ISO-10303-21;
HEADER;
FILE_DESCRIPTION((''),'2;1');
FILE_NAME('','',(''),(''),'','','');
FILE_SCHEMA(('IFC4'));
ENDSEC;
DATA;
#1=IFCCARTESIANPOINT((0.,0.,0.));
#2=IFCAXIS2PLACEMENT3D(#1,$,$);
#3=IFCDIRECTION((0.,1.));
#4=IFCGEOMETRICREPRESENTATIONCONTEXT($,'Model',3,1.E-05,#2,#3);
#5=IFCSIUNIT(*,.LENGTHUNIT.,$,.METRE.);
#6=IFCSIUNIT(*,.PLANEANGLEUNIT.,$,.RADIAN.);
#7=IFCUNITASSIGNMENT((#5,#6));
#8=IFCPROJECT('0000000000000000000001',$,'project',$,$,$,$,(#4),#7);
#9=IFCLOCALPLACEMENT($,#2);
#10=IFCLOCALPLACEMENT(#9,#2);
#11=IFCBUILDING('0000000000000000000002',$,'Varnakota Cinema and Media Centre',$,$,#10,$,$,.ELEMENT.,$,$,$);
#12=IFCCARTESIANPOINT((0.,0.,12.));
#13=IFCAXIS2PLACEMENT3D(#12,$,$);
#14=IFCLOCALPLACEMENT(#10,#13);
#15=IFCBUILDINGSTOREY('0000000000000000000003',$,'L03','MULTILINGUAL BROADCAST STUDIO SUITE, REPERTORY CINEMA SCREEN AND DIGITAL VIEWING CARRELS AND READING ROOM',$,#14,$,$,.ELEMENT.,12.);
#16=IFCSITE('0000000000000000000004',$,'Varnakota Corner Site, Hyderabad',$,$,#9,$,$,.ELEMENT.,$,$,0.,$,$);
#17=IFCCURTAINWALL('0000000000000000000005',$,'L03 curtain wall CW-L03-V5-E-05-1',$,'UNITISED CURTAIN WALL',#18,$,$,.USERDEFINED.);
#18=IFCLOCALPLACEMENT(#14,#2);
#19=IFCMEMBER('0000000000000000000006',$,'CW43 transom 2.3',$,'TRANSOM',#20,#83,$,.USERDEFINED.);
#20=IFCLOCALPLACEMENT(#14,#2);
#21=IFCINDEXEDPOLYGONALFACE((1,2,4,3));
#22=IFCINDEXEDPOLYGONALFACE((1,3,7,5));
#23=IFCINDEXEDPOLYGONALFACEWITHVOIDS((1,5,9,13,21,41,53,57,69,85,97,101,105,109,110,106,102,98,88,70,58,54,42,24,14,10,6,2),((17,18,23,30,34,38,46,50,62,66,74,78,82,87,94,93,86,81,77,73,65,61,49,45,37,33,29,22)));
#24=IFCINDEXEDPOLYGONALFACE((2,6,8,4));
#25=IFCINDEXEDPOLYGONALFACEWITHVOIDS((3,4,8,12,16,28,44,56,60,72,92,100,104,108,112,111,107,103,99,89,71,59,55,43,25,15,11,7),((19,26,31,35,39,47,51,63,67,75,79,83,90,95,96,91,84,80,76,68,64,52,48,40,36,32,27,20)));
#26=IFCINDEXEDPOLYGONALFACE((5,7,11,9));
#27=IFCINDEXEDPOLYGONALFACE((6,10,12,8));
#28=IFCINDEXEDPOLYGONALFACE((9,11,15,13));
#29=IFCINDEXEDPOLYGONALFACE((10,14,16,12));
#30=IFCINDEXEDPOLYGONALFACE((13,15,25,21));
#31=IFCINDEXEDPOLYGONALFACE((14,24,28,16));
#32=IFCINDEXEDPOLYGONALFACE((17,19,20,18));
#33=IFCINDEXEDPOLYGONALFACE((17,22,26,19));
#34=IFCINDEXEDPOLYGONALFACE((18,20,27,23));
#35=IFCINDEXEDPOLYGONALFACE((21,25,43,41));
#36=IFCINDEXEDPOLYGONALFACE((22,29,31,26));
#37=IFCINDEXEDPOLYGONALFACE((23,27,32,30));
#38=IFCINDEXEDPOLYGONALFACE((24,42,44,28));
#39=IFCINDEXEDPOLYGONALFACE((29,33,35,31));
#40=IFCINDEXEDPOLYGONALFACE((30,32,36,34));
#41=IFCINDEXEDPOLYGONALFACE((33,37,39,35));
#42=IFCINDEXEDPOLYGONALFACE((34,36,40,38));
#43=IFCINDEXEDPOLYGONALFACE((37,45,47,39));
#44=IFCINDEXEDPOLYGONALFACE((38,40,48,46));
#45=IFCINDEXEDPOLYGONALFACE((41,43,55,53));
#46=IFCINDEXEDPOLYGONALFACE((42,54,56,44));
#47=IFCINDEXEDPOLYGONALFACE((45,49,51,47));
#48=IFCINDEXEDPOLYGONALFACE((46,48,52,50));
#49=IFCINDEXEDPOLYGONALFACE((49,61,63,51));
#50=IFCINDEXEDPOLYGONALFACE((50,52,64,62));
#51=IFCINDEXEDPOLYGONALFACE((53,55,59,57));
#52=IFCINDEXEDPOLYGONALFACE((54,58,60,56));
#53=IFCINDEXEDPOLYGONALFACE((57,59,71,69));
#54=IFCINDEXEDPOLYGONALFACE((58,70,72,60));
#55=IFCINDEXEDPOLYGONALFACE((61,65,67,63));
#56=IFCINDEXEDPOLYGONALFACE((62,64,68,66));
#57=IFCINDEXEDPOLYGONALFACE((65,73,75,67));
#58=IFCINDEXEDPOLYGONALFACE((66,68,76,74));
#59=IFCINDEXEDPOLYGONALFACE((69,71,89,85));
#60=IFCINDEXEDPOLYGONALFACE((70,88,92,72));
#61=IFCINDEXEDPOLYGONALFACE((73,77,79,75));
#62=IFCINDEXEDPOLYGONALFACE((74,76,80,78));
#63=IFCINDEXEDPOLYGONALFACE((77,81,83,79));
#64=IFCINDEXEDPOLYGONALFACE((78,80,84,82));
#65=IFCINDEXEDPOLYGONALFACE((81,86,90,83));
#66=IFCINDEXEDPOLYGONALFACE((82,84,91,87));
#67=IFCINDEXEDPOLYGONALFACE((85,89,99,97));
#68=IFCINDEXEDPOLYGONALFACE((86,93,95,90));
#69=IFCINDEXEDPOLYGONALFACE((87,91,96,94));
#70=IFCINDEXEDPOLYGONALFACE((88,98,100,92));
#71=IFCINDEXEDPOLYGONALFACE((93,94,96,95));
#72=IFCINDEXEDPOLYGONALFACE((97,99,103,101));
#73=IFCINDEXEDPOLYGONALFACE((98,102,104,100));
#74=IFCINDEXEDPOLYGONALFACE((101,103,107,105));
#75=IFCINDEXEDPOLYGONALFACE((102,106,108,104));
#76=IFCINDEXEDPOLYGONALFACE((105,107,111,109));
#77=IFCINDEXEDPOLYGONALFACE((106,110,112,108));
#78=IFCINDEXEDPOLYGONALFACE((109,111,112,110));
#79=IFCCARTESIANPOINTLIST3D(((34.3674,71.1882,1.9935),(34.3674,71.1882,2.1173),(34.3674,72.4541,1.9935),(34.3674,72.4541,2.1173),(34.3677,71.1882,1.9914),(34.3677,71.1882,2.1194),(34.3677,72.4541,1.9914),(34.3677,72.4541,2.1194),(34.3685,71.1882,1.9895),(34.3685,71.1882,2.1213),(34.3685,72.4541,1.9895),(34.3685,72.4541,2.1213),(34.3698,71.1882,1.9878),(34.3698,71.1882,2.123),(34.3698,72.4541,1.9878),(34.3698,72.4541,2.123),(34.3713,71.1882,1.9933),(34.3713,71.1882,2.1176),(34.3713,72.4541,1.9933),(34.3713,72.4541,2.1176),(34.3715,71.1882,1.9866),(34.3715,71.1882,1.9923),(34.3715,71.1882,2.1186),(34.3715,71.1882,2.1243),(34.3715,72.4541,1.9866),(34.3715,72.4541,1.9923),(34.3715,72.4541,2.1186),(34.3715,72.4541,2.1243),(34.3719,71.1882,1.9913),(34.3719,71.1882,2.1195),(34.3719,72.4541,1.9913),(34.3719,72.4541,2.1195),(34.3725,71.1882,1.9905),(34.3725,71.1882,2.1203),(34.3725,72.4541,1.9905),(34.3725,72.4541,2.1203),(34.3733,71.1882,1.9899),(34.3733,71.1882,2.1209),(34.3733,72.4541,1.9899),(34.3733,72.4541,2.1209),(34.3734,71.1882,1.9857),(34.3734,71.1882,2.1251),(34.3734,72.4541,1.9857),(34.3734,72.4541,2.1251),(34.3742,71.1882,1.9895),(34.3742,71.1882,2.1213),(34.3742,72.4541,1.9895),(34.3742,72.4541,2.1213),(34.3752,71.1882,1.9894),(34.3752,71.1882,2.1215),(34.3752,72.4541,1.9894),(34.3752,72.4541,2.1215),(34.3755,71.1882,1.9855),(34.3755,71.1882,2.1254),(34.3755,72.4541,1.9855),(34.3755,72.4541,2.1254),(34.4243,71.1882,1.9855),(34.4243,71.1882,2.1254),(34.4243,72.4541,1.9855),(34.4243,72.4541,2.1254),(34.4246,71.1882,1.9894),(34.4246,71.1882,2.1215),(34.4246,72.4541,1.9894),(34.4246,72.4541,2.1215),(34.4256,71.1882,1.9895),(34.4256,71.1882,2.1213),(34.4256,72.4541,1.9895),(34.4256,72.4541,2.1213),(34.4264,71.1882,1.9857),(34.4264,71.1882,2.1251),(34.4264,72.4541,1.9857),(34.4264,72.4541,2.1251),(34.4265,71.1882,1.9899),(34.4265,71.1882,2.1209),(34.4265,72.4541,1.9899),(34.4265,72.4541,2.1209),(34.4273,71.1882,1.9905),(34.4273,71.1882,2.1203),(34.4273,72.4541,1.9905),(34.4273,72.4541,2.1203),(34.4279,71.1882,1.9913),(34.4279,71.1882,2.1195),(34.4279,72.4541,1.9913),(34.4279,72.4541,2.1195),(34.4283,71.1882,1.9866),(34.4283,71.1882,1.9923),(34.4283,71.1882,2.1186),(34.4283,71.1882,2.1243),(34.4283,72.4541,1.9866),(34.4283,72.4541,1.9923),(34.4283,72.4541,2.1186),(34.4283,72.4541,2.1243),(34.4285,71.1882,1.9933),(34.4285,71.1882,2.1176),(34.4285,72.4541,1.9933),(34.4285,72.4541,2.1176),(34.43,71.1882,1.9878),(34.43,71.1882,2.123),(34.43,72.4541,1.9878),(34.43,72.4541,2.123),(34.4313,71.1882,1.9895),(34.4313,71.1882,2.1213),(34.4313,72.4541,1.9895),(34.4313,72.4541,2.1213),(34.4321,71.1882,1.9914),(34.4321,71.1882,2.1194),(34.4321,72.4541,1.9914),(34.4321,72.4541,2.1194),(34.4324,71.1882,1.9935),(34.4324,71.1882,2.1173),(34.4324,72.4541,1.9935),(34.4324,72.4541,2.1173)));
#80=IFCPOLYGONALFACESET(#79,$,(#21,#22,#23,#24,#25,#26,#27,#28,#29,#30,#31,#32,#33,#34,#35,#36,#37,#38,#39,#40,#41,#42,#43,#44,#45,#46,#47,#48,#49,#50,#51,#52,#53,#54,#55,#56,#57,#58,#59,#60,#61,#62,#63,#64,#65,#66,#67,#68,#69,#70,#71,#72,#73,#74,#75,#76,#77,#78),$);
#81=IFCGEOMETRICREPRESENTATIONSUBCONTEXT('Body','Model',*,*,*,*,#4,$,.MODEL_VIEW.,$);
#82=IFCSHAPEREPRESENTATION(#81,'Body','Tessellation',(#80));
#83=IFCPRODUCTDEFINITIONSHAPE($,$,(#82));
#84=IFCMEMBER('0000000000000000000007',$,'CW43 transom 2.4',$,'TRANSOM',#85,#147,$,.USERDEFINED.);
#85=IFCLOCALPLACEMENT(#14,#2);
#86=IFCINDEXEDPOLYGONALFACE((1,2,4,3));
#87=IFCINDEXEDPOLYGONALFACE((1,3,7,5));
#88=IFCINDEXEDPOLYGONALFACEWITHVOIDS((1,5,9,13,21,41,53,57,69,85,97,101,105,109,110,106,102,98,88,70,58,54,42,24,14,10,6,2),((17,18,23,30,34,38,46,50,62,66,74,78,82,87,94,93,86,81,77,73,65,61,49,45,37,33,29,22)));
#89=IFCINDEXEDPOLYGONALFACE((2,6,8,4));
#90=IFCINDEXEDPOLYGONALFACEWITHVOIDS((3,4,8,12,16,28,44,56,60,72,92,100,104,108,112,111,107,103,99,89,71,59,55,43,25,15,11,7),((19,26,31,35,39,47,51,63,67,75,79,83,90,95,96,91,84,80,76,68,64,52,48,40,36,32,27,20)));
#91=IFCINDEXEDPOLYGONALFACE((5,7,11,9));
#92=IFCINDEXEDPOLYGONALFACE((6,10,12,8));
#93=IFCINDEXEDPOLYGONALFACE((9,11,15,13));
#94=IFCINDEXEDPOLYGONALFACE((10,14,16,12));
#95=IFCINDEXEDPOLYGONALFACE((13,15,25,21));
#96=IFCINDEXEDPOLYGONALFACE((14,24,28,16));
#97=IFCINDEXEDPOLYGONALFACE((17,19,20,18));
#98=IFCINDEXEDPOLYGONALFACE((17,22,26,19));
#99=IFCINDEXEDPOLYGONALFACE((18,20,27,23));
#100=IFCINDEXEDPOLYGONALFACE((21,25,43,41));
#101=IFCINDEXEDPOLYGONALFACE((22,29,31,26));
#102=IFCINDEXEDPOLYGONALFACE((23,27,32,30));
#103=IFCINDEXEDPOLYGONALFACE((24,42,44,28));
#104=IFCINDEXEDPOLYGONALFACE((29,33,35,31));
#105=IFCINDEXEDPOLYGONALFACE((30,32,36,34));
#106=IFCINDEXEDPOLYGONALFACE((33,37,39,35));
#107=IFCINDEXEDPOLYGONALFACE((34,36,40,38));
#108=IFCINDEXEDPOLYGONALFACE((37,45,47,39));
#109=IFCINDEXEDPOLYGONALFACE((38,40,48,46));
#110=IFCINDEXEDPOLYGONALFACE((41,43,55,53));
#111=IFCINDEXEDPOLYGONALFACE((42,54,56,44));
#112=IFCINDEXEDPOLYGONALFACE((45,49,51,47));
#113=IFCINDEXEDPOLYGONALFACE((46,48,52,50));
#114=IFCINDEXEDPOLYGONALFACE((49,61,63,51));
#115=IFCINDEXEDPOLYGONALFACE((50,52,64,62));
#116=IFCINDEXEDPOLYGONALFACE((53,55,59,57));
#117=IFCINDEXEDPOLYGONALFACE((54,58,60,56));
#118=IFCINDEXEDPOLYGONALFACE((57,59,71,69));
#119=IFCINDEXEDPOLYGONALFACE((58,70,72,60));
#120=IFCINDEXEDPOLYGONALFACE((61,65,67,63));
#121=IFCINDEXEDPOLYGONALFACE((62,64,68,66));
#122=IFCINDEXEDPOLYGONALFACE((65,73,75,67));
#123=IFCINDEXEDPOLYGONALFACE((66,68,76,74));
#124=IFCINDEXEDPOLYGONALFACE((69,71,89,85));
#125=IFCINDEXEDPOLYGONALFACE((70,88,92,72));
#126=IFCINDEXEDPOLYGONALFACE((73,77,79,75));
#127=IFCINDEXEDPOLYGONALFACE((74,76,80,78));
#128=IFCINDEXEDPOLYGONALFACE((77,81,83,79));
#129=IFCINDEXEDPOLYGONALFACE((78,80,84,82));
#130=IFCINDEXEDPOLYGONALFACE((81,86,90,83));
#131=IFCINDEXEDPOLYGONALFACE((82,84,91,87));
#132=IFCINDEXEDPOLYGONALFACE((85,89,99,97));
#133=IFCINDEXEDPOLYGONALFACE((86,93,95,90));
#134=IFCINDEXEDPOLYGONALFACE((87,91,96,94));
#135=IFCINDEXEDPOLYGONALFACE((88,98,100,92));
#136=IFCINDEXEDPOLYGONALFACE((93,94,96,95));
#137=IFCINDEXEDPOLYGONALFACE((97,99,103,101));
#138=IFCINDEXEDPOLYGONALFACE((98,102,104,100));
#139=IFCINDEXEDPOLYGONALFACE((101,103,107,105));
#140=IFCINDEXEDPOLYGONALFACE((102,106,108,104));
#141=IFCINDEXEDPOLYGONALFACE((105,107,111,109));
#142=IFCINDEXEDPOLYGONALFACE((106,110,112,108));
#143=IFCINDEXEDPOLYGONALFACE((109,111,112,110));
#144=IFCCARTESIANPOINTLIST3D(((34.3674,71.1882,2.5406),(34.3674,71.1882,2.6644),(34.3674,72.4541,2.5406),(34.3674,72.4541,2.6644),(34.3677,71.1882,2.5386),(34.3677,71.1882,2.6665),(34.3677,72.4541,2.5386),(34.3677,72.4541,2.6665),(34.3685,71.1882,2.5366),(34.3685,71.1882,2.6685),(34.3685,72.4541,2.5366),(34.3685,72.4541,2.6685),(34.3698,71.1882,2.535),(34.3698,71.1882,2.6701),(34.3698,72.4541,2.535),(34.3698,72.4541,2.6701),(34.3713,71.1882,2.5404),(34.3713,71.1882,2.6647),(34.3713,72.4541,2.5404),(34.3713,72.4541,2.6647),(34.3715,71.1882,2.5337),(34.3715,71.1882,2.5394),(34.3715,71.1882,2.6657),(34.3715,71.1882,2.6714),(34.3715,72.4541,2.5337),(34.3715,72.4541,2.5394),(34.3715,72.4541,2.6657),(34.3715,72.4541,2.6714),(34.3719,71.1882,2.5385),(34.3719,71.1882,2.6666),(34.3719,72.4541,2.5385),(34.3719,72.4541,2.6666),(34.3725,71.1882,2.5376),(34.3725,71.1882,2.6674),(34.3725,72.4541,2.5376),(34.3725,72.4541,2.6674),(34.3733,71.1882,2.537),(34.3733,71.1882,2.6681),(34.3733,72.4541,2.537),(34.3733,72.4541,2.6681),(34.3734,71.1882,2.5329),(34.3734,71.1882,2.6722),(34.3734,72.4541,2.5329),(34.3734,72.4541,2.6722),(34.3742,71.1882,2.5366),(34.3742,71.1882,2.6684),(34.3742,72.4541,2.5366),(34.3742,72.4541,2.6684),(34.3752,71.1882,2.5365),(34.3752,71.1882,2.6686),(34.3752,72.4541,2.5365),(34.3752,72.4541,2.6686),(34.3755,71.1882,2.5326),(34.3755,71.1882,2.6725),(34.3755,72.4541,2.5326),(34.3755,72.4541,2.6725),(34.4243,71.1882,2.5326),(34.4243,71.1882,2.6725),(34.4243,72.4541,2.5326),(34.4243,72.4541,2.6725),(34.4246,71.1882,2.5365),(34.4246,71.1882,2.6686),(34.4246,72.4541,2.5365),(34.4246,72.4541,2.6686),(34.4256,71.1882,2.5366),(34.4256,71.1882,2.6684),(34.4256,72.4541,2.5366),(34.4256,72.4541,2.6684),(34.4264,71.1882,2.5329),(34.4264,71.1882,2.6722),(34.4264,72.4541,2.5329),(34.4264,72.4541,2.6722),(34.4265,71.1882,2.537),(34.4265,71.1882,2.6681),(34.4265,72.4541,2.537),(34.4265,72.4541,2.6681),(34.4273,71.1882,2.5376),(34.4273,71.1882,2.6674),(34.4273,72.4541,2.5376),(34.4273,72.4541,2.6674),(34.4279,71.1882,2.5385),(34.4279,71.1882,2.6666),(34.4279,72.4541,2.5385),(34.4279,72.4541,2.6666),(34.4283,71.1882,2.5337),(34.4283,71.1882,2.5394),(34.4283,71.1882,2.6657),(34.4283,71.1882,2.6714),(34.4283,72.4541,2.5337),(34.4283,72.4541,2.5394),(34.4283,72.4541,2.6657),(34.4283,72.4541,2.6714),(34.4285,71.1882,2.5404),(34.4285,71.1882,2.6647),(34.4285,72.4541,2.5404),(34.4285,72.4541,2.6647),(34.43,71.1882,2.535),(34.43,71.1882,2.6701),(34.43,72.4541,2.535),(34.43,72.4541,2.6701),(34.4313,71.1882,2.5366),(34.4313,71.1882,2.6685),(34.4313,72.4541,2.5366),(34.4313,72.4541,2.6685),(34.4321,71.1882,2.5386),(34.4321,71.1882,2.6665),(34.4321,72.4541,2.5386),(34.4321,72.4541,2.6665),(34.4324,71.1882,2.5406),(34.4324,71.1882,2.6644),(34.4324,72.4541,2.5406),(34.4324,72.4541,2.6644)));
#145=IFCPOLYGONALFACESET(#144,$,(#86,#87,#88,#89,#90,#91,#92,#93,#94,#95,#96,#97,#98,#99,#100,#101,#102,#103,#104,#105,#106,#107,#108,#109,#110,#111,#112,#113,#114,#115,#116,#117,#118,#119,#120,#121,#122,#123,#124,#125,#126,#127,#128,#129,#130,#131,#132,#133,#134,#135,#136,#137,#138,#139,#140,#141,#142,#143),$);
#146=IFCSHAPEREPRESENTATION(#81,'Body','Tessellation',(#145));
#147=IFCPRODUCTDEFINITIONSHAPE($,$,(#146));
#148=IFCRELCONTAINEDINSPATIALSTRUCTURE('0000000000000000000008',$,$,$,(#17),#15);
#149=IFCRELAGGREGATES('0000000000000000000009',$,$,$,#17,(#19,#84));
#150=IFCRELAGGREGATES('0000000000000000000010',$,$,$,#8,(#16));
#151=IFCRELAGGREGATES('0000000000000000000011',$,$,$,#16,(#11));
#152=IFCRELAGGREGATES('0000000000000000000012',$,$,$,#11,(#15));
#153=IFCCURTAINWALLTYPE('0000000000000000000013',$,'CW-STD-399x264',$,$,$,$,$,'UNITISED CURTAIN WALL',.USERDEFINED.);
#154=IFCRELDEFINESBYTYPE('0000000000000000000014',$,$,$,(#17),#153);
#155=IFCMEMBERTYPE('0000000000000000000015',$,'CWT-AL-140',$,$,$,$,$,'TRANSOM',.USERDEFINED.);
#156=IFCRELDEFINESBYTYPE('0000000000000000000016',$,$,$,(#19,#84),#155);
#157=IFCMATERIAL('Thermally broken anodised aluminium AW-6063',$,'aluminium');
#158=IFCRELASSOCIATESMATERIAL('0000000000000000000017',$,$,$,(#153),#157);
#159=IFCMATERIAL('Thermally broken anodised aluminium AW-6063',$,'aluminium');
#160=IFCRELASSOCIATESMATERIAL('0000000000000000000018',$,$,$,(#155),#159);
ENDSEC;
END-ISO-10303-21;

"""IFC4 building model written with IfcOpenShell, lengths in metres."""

from ifc_helpers import new_model, si_unit, direction, frame, origin, origin_2d, place, context, subcontext, project, spatial, hollow_rectangle, extrude, material, material_profile, profile_set, type_object, element, aggregate, save


model = new_model("IFC4")

# Units and contexts
model_context = context("Model", 3, precision=1e-05, world=origin(), true_north=direction((0.0, 1.0)))
body_context = subcontext(model_context, "Body", "Model", "MODEL_VIEW")
ifc_project = project(units=[si_unit("LENGTHUNIT", "METRE"), si_unit("PLANEANGLEUNIT", "RADIAN")], contexts=[model_context])

# Site, building, storey
site_placement = place(None, origin())
site = spatial("IfcSite", under=ifc_project, at=site_placement, Name="Varnakota Corner Site, Hyderabad", CompositionType="ELEMENT", RefElevation=0.0)
building_placement = place(site_placement, origin())
building = spatial("IfcBuilding", under=site, at=building_placement, Name="Varnakota Cinema and Media Centre", CompositionType="ELEMENT")
storey_placement = place(building_placement, frame((0.0, 0.0, 12.0)))
storey = spatial("IfcBuildingStorey", under=building, at=storey_placement, Name="L03", Description="MULTILINGUAL BROADCAST STUDIO SUITE, REPERTORY CINEMA SCREEN AND DIGITAL VIEWING CARRELS AND READING ROOM", CompositionType="ELEMENT", Elevation=12.0)

# Shared definitions
ifc_material_1 = material(Name="Thermally broken anodised aluminium AW-6063", Category="aluminium")
curtain_wall_type = type_object("IfcCurtainWallType", Name="CW-STD-399x264", ElementType="UNITISED CURTAIN WALL", PredefinedType="USERDEFINED", material=ifc_material_1)

# Curtain wall, members
curtain_wall_1_placement = place(storey_placement, origin())
curtain_wall_1 = element("IfcCurtainWall", 1, at=curtain_wall_1_placement, inside=storey, type_object=curtain_wall_type, Name="L03 curtain wall CW-L03-V5-E-05-1", ObjectType="UNITISED CURTAIN WALL", PredefinedType="USERDEFINED")
ifc_material_2 = material(Name="Thermally broken anodised aluminium AW-6063", Category="aluminium")
ifc_material_profile_1 = material_profile(ifc_material_2, hollow_rectangle(XDim=0.0649, YDim=0.1399, WallThickness=0.0039, InnerFilletRadius=0.0039, OuterFilletRadius=0.0081, at=origin_2d()), Name="AL-TRANSOM 140x65x4")
ifc_profile_set_1 = profile_set([ifc_material_profile_1], Name="Thermally broken anodised aluminium AW-6063")
member_type_1 = type_object("IfcMemberType", Name="CWT-AL-140", ElementType="TRANSOM", PredefinedType="USERDEFINED", material=ifc_profile_set_1)
member_1_placement = place(storey_placement, frame((34.3999, 71.1882, 2.0554), z_axis=(0.0, 1.0, 0.0), x_axis=(-1.0, 0.0, 0.0)))
member_1 = element("IfcMember", 2, at=member_1_placement, type_object=member_type_1, Name="CW43 transom 2.3", ObjectType="TRANSOM", PredefinedType="USERDEFINED", context=body_context, shape_type="SweptSolid", body=[
    extrude(hollow_rectangle(XDim=0.0649, YDim=0.1399, WallThickness=0.0039, InnerFilletRadius=0.0039, OuterFilletRadius=0.0081, at=origin_2d()), origin(), (0.0, 0.0, 1.0), 1.2659),
])
member_2_placement = place(storey_placement, frame((34.3999, 71.1882, 2.6025), z_axis=(0.0, 1.0, 0.0), x_axis=(-1.0, 0.0, 0.0)))
member_2 = element("IfcMember", 3, at=member_2_placement, type_object=member_type_1, Name="CW43 transom 2.4", ObjectType="TRANSOM", PredefinedType="USERDEFINED", context=body_context, shape_type="SweptSolid", body=[
    extrude(hollow_rectangle(XDim=0.0649, YDim=0.1399, WallThickness=0.0039, InnerFilletRadius=0.0039, OuterFilletRadius=0.0081, at=origin_2d()), origin(), (0.0, 0.0, 1.0), 1.2659),
])

aggregate(curtain_wall_1, [member_1, member_2])

save(model, "model.ifc")
